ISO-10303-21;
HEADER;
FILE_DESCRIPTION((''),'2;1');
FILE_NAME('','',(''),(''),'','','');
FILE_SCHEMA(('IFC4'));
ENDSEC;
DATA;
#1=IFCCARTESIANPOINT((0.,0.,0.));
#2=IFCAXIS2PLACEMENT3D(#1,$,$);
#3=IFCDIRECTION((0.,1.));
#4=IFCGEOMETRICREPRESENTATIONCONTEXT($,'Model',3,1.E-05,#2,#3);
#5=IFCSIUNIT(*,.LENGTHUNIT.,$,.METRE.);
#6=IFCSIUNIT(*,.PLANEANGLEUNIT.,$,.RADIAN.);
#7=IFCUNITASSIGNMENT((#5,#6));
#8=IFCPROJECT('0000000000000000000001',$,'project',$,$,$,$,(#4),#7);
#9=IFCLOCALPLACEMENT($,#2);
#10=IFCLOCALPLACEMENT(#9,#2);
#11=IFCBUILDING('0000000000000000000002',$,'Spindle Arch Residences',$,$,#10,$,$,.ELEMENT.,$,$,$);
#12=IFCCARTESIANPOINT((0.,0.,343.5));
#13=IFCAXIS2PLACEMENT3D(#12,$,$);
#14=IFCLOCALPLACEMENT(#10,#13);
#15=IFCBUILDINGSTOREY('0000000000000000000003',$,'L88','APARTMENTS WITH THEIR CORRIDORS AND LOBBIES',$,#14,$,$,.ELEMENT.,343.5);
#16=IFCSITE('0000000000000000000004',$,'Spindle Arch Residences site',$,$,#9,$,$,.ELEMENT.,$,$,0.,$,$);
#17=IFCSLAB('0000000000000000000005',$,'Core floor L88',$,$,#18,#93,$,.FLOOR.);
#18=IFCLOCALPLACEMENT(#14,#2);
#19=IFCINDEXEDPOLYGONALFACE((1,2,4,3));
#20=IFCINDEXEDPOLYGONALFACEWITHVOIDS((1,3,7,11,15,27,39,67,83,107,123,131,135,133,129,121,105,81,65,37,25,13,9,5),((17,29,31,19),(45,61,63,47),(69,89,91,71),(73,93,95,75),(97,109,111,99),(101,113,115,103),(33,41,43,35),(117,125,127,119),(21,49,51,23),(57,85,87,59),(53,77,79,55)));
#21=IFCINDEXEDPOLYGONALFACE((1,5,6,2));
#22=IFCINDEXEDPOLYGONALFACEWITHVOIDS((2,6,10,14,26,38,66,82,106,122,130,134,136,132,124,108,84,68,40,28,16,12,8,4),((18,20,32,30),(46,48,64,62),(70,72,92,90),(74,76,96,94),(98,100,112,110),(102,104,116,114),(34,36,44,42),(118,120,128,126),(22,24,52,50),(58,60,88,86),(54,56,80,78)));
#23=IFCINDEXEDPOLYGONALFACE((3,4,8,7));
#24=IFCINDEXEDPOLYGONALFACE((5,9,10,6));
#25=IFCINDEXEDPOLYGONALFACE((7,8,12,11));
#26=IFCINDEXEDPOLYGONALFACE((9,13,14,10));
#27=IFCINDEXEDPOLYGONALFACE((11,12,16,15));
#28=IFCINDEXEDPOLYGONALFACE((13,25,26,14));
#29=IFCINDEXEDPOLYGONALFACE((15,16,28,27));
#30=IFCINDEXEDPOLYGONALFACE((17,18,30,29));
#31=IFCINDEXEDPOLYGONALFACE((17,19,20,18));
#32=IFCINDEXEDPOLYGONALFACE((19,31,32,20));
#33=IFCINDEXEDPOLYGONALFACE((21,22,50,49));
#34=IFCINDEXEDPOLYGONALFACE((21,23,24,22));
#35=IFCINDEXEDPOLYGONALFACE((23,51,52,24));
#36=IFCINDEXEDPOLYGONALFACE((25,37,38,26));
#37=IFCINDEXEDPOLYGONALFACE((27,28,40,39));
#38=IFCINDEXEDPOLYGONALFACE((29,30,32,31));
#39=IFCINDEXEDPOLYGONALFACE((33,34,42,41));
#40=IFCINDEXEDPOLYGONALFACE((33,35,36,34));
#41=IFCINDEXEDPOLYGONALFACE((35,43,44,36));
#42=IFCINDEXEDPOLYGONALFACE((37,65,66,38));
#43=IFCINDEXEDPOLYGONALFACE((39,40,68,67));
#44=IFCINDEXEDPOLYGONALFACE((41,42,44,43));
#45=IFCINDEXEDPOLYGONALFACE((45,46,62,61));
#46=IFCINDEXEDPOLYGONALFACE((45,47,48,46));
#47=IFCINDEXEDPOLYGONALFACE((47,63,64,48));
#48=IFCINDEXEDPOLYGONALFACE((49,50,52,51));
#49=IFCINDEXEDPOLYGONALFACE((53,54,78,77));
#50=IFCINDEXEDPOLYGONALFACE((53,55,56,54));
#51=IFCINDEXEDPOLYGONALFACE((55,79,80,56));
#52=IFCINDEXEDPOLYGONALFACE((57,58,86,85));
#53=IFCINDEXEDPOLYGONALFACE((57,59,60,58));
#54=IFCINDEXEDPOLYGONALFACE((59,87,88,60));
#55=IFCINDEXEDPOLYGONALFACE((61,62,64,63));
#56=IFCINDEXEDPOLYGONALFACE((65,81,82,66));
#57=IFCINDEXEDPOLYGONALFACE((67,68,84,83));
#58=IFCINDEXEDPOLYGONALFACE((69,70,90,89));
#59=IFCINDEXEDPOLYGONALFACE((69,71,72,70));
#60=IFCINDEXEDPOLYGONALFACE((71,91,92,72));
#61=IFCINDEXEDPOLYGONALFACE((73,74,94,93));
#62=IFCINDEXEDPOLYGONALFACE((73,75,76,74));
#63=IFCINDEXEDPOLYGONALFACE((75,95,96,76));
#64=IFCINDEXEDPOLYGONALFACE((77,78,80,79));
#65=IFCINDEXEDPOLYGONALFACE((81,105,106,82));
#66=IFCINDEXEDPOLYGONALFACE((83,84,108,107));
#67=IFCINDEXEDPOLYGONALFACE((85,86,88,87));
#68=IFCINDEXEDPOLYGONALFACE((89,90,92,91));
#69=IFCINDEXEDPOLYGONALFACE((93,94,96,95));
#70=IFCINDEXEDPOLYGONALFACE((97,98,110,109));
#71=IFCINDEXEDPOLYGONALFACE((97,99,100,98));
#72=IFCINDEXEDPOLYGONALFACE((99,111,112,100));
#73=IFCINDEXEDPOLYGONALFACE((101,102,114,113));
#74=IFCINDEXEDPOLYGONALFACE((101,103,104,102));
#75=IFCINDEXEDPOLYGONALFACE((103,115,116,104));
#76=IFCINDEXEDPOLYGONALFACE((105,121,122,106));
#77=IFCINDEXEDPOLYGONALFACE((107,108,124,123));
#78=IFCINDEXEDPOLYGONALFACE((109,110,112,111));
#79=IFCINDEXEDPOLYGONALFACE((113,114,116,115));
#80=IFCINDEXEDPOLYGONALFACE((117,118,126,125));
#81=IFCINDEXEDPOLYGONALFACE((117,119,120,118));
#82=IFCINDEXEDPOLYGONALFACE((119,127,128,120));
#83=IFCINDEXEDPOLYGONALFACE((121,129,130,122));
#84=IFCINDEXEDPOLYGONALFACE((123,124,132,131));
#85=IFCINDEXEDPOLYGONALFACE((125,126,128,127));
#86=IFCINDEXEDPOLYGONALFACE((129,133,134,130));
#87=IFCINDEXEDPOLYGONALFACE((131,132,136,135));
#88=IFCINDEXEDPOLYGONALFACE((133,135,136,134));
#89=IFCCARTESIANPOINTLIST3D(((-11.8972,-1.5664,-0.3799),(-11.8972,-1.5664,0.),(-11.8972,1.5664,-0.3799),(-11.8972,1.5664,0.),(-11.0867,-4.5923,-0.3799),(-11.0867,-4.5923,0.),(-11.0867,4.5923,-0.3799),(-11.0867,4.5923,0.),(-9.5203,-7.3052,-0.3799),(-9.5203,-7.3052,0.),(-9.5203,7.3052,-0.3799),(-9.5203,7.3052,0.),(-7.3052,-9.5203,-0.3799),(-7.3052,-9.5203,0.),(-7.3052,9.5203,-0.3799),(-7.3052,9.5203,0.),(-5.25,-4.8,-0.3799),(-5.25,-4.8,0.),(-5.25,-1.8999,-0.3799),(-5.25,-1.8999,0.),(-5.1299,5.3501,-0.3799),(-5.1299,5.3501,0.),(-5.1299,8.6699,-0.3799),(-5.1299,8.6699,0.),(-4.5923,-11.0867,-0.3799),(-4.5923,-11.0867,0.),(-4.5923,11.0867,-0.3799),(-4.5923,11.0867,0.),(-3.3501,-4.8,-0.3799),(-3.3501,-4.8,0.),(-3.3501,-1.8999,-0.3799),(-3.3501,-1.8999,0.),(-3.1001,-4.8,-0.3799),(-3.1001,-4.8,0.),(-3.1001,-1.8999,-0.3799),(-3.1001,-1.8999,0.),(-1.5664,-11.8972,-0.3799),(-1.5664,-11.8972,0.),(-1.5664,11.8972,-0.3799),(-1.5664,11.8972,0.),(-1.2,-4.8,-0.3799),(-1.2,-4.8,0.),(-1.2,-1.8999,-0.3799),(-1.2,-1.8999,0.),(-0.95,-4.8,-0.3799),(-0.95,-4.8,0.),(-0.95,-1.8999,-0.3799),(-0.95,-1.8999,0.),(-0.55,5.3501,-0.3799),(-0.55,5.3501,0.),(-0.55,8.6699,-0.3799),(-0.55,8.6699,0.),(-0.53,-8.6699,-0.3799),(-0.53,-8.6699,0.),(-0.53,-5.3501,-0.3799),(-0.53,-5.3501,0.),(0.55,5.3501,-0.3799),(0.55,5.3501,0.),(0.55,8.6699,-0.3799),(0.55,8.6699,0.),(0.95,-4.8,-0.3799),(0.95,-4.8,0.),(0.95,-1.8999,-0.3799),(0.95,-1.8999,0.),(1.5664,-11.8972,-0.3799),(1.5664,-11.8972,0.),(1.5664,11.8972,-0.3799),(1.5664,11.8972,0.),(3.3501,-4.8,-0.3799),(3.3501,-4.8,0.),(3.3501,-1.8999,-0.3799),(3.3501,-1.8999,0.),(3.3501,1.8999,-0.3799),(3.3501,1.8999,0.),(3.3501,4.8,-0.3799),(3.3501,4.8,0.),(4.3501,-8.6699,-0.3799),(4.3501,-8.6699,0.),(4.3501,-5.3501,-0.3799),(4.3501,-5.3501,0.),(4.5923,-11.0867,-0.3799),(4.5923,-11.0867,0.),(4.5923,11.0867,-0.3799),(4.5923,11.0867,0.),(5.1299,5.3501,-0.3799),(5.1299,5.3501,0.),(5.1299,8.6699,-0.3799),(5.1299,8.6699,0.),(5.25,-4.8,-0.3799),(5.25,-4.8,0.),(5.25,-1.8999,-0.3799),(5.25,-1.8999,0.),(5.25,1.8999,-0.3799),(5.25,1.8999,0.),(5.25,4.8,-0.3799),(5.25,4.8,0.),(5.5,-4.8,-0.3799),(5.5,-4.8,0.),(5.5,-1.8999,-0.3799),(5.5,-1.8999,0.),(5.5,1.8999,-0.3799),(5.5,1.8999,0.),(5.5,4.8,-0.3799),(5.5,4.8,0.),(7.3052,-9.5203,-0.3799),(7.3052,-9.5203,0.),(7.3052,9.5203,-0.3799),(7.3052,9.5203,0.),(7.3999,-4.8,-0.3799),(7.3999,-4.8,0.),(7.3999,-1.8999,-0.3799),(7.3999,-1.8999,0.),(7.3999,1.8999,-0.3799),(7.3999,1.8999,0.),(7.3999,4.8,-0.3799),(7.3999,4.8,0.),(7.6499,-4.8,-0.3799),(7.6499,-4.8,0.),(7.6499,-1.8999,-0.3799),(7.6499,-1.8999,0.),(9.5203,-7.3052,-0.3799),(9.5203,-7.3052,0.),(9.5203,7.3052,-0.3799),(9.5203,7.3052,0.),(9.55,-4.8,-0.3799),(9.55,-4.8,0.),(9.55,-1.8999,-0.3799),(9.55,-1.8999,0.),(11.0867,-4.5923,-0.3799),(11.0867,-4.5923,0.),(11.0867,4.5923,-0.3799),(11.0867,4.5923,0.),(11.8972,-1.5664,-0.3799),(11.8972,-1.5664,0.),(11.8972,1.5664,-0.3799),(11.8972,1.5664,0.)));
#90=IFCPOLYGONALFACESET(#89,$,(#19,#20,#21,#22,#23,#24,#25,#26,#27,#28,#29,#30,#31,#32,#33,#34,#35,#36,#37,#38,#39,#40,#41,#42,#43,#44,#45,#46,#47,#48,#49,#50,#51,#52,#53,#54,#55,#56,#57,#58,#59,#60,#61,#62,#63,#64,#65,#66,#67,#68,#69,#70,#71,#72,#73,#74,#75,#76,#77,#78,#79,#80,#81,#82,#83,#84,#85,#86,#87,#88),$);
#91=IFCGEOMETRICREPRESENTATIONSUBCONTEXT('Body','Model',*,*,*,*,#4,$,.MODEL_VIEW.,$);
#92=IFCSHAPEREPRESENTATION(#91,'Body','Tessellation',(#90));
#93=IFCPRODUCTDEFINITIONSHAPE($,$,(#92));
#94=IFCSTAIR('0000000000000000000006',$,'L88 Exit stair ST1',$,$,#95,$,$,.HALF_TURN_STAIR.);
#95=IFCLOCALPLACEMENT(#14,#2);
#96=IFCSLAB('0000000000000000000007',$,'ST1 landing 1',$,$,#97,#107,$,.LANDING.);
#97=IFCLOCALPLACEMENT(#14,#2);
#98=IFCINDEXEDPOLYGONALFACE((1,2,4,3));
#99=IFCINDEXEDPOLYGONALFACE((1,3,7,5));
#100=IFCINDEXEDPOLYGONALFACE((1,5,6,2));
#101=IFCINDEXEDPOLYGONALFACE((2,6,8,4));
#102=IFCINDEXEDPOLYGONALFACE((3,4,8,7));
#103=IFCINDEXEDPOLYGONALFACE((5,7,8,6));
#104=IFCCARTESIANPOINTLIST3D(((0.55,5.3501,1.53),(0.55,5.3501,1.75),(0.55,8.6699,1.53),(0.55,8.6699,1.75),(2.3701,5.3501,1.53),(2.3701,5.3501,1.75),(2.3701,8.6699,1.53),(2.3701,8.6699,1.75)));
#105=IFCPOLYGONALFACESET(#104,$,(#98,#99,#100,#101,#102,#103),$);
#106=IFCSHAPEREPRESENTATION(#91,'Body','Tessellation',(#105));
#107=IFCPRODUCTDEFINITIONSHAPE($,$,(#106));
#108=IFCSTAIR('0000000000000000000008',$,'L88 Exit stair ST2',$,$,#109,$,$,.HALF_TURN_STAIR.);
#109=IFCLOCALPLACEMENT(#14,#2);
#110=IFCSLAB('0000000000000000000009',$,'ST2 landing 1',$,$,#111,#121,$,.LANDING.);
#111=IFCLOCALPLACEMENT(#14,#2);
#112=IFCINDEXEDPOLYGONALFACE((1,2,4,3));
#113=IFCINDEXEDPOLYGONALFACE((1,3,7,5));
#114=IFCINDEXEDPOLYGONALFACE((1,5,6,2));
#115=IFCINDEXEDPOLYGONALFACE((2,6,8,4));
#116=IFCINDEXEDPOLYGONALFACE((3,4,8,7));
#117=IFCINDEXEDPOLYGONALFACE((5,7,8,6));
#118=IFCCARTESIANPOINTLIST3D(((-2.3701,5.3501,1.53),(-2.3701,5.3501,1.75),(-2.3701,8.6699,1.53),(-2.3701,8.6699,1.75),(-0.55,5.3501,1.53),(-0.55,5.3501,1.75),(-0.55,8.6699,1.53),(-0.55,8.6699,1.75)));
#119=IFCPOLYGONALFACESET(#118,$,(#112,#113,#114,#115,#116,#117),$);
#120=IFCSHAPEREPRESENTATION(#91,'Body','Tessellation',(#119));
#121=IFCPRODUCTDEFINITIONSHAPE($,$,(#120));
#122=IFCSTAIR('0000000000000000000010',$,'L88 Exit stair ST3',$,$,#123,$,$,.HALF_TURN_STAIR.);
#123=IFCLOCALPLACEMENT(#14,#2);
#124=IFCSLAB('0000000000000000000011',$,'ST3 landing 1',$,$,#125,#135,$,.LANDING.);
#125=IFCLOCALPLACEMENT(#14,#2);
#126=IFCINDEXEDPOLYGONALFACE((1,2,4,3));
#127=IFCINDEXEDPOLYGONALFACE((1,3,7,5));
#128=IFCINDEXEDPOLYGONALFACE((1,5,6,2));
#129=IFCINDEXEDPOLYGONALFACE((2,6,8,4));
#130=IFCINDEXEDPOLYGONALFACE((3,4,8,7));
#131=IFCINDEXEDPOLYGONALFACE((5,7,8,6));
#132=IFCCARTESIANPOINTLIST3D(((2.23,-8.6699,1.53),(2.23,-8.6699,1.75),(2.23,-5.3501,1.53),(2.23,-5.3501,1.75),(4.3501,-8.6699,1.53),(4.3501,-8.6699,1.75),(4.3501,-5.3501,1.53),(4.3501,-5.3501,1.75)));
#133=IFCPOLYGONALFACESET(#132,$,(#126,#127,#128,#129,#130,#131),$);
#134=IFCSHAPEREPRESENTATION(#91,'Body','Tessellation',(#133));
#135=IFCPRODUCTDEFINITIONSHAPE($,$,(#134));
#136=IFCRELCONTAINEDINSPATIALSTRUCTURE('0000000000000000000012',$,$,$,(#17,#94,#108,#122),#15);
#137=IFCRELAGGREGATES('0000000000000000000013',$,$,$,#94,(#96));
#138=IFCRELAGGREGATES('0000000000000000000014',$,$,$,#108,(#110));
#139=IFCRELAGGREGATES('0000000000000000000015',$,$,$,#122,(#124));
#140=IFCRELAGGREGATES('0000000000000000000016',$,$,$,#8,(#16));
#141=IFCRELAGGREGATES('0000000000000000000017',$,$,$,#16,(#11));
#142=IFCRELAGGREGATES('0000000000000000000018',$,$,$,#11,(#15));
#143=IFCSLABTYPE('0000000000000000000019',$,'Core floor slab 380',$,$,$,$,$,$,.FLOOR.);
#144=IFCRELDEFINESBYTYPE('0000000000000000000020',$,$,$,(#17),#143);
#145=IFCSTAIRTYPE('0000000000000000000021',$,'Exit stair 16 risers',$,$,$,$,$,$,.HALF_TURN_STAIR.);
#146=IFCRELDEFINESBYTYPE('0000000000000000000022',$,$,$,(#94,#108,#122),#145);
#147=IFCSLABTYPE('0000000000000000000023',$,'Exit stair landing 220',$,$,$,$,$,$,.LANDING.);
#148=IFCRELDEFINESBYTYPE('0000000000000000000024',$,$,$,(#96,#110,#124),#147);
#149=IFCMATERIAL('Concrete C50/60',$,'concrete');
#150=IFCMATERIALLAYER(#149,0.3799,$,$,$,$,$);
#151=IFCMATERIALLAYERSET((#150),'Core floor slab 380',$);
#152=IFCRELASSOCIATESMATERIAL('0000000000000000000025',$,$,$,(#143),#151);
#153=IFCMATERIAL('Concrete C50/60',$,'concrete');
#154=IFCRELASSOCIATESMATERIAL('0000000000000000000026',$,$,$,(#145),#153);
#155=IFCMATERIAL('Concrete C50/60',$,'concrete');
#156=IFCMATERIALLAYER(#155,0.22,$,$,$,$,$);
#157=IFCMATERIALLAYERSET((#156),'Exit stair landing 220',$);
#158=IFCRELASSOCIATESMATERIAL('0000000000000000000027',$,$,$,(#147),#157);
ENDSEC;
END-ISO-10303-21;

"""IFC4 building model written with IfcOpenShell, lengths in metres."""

from ifc_helpers import new_model, si_unit, direction, frame, origin, place, context, subcontext, project, spatial, polyline, outline, extrude, material, layer, layer_set, type_object, element, aggregate, save


model = new_model("IFC4")

# Units and contexts
model_context = context("Model", 3, precision=1e-05, world=origin(), true_north=direction((0.0, 1.0)))
body_context = subcontext(model_context, "Body", "Model", "MODEL_VIEW")
ifc_project = project(units=[si_unit("LENGTHUNIT", "METRE"), si_unit("PLANEANGLEUNIT", "RADIAN")], contexts=[model_context])

# Site, building, storey
site_placement = place(None, origin())
site = spatial("IfcSite", under=ifc_project, at=site_placement, Name="Spindle Arch Residences site", CompositionType="ELEMENT", RefElevation=0.0)
building_placement = place(site_placement, origin())
building = spatial("IfcBuilding", under=site, at=building_placement, Name="Spindle Arch Residences", CompositionType="ELEMENT")
storey_placement = place(building_placement, frame((0.0, 0.0, 343.5)))
storey = spatial("IfcBuildingStorey", under=building, at=storey_placement, Name="L88", Description="APARTMENTS WITH THEIR CORRIDORS AND LOBBIES", CompositionType="ELEMENT", Elevation=343.5)

# Slab
ifc_material_1 = material(Name="Concrete C50/60", Category="concrete")
ifc_layer_1 = layer(ifc_material_1, 0.3799)
ifc_layer_set_1 = layer_set([ifc_layer_1], Name="Core floor slab 380")
slab_type_1 = type_object("IfcSlabType", Name="Core floor slab 380", PredefinedType="FLOOR", material=ifc_layer_set_1)
slab_1_placement = place(storey_placement, frame((0.0, 0.0, -0.3799)))
element("IfcSlab", 1, at=slab_1_placement, inside=storey, type_object=slab_type_1, Name="Core floor L88", PredefinedType="FLOOR", context=body_context, shape_type="SweptSolid", body=[
    extrude(outline(polyline([(1.5664, -11.8972), (4.5923, -11.0867), (7.3052, -9.5203), (9.5203, -7.3052), (11.0867, -4.5923), (11.8972, -1.5664), (11.8972, 1.5664), (11.0867, 4.5923), (9.5203, 7.3052), (7.3052, 9.5203), (4.5923, 11.0867), (1.5664, 11.8972), (-1.5664, 11.8972), (-4.5923, 11.0867), (-7.3052, 9.5203), (-9.5203, 7.3052), (-11.0867, 4.5923), (-11.8972, 1.5664), (-11.8972, -1.5664), (-11.0867, -4.5923), (-9.5203, -7.3052), (-7.3052, -9.5203), (-4.5923, -11.0867), (-1.5664, -11.8972), (1.5664, -11.8972)]), holes=[polyline([(3.3501, 1.8999), (5.25, 1.8999), (5.25, 4.8), (3.3501, 4.8), (3.3501, 1.8999)]), polyline([(5.5, 1.8999), (7.3999, 1.8999), (7.3999, 4.8), (5.5, 4.8), (5.5, 1.8999)]), polyline([(-5.25, -4.8), (-3.3501, -4.8), (-3.3501, -1.8999), (-5.25, -1.8999), (-5.25, -4.8)]), polyline([(-3.1001, -4.8), (-1.2, -4.8), (-1.2, -1.8999), (-3.1001, -1.8999), (-3.1001, -4.8)]), polyline([(-0.95, -4.8), (0.95, -4.8), (0.95, -1.8999), (-0.95, -1.8999), (-0.95, -4.8)]), polyline([(3.3501, -4.8), (5.25, -4.8), (5.25, -1.8999), (3.3501, -1.8999), (3.3501, -4.8)]), polyline([(5.5, -4.8), (7.3999, -4.8), (7.3999, -1.8999), (5.5, -1.8999), (5.5, -4.8)]), polyline([(7.6499, -4.8), (9.55, -4.8), (9.55, -1.8999), (7.6499, -1.8999), (7.6499, -4.8)]), polyline([(5.1299, 8.6699), (0.55, 8.6699), (0.55, 5.3501), (5.1299, 5.3501), (5.1299, 8.6699)]), polyline([(-5.1299, 5.3501), (-0.55, 5.3501), (-0.55, 8.6699), (-5.1299, 8.6699), (-5.1299, 5.3501)]), polyline([(-0.53, -8.6699), (4.3501, -8.6699), (4.3501, -5.3501), (-0.53, -5.3501), (-0.53, -8.6699)])]), origin(), (0.0, 0.0, 1.0), 0.3799),
])

# Stairs, slabs
ifc_material_2 = material(Name="Concrete C50/60", Category="concrete")
stair_type = type_object("IfcStairType", Name="Exit stair 16 risers", PredefinedType="HALF_TURN_STAIR", material=ifc_material_2)
stair_1_placement = place(storey_placement, origin())
stair_1 = element("IfcStair", 2, at=stair_1_placement, inside=storey, type_object=stair_type, Name="L88 Exit stair ST1", PredefinedType="HALF_TURN_STAIR")
ifc_material_3 = material(Name="Concrete C50/60", Category="concrete")
ifc_layer_2 = layer(ifc_material_3, 0.22)
ifc_layer_set_2 = layer_set([ifc_layer_2], Name="Exit stair landing 220")
slab_type_2 = type_object("IfcSlabType", Name="Exit stair landing 220", PredefinedType="LANDING", material=ifc_layer_set_2)
slab_2_placement = place(storey_placement, frame((0.0, 0.0, 1.53)))
slab_2 = element("IfcSlab", 3, at=slab_2_placement, type_object=slab_type_2, Name="ST1 landing 1", PredefinedType="LANDING", context=body_context, shape_type="SweptSolid", body=[
    extrude(outline(polyline([(2.3701, 8.6699), (0.55, 8.6699), (0.55, 5.3501), (2.3701, 5.3501), (2.3701, 8.6699)])), origin(), (0.0, 0.0, 1.0), 0.22),
])
aggregate(stair_1, [slab_2])
stair_2_placement = place(storey_placement, origin())
stair_2 = element("IfcStair", 4, at=stair_2_placement, inside=storey, type_object=stair_type, Name="L88 Exit stair ST2", PredefinedType="HALF_TURN_STAIR")
slab_3_placement = place(storey_placement, frame((0.0, 0.0, 1.53)))
slab_3 = element("IfcSlab", 5, at=slab_3_placement, type_object=slab_type_2, Name="ST2 landing 1", PredefinedType="LANDING", context=body_context, shape_type="SweptSolid", body=[
    extrude(outline(polyline([(-2.3701, 5.3501), (-0.55, 5.3501), (-0.55, 8.6699), (-2.3701, 8.6699), (-2.3701, 5.3501)])), origin(), (0.0, 0.0, 1.0), 0.22),
])
aggregate(stair_2, [slab_3])
stair_3_placement = place(storey_placement, origin())
stair_3 = element("IfcStair", 6, at=stair_3_placement, inside=storey, type_object=stair_type, Name="L88 Exit stair ST3", PredefinedType="HALF_TURN_STAIR")
slab_4_placement = place(storey_placement, frame((0.0, 0.0, 1.53)))
slab_4 = element("IfcSlab", 7, at=slab_4_placement, type_object=slab_type_2, Name="ST3 landing 1", PredefinedType="LANDING", context=body_context, shape_type="SweptSolid", body=[
    extrude(outline(polyline([(2.23, -8.6699), (4.3501, -8.6699), (4.3501, -5.3501), (2.23, -5.3501), (2.23, -8.6699)])), origin(), (0.0, 0.0, 1.0), 0.22),
])

aggregate(stair_3, [slab_4])

save(model, "model.ifc")
